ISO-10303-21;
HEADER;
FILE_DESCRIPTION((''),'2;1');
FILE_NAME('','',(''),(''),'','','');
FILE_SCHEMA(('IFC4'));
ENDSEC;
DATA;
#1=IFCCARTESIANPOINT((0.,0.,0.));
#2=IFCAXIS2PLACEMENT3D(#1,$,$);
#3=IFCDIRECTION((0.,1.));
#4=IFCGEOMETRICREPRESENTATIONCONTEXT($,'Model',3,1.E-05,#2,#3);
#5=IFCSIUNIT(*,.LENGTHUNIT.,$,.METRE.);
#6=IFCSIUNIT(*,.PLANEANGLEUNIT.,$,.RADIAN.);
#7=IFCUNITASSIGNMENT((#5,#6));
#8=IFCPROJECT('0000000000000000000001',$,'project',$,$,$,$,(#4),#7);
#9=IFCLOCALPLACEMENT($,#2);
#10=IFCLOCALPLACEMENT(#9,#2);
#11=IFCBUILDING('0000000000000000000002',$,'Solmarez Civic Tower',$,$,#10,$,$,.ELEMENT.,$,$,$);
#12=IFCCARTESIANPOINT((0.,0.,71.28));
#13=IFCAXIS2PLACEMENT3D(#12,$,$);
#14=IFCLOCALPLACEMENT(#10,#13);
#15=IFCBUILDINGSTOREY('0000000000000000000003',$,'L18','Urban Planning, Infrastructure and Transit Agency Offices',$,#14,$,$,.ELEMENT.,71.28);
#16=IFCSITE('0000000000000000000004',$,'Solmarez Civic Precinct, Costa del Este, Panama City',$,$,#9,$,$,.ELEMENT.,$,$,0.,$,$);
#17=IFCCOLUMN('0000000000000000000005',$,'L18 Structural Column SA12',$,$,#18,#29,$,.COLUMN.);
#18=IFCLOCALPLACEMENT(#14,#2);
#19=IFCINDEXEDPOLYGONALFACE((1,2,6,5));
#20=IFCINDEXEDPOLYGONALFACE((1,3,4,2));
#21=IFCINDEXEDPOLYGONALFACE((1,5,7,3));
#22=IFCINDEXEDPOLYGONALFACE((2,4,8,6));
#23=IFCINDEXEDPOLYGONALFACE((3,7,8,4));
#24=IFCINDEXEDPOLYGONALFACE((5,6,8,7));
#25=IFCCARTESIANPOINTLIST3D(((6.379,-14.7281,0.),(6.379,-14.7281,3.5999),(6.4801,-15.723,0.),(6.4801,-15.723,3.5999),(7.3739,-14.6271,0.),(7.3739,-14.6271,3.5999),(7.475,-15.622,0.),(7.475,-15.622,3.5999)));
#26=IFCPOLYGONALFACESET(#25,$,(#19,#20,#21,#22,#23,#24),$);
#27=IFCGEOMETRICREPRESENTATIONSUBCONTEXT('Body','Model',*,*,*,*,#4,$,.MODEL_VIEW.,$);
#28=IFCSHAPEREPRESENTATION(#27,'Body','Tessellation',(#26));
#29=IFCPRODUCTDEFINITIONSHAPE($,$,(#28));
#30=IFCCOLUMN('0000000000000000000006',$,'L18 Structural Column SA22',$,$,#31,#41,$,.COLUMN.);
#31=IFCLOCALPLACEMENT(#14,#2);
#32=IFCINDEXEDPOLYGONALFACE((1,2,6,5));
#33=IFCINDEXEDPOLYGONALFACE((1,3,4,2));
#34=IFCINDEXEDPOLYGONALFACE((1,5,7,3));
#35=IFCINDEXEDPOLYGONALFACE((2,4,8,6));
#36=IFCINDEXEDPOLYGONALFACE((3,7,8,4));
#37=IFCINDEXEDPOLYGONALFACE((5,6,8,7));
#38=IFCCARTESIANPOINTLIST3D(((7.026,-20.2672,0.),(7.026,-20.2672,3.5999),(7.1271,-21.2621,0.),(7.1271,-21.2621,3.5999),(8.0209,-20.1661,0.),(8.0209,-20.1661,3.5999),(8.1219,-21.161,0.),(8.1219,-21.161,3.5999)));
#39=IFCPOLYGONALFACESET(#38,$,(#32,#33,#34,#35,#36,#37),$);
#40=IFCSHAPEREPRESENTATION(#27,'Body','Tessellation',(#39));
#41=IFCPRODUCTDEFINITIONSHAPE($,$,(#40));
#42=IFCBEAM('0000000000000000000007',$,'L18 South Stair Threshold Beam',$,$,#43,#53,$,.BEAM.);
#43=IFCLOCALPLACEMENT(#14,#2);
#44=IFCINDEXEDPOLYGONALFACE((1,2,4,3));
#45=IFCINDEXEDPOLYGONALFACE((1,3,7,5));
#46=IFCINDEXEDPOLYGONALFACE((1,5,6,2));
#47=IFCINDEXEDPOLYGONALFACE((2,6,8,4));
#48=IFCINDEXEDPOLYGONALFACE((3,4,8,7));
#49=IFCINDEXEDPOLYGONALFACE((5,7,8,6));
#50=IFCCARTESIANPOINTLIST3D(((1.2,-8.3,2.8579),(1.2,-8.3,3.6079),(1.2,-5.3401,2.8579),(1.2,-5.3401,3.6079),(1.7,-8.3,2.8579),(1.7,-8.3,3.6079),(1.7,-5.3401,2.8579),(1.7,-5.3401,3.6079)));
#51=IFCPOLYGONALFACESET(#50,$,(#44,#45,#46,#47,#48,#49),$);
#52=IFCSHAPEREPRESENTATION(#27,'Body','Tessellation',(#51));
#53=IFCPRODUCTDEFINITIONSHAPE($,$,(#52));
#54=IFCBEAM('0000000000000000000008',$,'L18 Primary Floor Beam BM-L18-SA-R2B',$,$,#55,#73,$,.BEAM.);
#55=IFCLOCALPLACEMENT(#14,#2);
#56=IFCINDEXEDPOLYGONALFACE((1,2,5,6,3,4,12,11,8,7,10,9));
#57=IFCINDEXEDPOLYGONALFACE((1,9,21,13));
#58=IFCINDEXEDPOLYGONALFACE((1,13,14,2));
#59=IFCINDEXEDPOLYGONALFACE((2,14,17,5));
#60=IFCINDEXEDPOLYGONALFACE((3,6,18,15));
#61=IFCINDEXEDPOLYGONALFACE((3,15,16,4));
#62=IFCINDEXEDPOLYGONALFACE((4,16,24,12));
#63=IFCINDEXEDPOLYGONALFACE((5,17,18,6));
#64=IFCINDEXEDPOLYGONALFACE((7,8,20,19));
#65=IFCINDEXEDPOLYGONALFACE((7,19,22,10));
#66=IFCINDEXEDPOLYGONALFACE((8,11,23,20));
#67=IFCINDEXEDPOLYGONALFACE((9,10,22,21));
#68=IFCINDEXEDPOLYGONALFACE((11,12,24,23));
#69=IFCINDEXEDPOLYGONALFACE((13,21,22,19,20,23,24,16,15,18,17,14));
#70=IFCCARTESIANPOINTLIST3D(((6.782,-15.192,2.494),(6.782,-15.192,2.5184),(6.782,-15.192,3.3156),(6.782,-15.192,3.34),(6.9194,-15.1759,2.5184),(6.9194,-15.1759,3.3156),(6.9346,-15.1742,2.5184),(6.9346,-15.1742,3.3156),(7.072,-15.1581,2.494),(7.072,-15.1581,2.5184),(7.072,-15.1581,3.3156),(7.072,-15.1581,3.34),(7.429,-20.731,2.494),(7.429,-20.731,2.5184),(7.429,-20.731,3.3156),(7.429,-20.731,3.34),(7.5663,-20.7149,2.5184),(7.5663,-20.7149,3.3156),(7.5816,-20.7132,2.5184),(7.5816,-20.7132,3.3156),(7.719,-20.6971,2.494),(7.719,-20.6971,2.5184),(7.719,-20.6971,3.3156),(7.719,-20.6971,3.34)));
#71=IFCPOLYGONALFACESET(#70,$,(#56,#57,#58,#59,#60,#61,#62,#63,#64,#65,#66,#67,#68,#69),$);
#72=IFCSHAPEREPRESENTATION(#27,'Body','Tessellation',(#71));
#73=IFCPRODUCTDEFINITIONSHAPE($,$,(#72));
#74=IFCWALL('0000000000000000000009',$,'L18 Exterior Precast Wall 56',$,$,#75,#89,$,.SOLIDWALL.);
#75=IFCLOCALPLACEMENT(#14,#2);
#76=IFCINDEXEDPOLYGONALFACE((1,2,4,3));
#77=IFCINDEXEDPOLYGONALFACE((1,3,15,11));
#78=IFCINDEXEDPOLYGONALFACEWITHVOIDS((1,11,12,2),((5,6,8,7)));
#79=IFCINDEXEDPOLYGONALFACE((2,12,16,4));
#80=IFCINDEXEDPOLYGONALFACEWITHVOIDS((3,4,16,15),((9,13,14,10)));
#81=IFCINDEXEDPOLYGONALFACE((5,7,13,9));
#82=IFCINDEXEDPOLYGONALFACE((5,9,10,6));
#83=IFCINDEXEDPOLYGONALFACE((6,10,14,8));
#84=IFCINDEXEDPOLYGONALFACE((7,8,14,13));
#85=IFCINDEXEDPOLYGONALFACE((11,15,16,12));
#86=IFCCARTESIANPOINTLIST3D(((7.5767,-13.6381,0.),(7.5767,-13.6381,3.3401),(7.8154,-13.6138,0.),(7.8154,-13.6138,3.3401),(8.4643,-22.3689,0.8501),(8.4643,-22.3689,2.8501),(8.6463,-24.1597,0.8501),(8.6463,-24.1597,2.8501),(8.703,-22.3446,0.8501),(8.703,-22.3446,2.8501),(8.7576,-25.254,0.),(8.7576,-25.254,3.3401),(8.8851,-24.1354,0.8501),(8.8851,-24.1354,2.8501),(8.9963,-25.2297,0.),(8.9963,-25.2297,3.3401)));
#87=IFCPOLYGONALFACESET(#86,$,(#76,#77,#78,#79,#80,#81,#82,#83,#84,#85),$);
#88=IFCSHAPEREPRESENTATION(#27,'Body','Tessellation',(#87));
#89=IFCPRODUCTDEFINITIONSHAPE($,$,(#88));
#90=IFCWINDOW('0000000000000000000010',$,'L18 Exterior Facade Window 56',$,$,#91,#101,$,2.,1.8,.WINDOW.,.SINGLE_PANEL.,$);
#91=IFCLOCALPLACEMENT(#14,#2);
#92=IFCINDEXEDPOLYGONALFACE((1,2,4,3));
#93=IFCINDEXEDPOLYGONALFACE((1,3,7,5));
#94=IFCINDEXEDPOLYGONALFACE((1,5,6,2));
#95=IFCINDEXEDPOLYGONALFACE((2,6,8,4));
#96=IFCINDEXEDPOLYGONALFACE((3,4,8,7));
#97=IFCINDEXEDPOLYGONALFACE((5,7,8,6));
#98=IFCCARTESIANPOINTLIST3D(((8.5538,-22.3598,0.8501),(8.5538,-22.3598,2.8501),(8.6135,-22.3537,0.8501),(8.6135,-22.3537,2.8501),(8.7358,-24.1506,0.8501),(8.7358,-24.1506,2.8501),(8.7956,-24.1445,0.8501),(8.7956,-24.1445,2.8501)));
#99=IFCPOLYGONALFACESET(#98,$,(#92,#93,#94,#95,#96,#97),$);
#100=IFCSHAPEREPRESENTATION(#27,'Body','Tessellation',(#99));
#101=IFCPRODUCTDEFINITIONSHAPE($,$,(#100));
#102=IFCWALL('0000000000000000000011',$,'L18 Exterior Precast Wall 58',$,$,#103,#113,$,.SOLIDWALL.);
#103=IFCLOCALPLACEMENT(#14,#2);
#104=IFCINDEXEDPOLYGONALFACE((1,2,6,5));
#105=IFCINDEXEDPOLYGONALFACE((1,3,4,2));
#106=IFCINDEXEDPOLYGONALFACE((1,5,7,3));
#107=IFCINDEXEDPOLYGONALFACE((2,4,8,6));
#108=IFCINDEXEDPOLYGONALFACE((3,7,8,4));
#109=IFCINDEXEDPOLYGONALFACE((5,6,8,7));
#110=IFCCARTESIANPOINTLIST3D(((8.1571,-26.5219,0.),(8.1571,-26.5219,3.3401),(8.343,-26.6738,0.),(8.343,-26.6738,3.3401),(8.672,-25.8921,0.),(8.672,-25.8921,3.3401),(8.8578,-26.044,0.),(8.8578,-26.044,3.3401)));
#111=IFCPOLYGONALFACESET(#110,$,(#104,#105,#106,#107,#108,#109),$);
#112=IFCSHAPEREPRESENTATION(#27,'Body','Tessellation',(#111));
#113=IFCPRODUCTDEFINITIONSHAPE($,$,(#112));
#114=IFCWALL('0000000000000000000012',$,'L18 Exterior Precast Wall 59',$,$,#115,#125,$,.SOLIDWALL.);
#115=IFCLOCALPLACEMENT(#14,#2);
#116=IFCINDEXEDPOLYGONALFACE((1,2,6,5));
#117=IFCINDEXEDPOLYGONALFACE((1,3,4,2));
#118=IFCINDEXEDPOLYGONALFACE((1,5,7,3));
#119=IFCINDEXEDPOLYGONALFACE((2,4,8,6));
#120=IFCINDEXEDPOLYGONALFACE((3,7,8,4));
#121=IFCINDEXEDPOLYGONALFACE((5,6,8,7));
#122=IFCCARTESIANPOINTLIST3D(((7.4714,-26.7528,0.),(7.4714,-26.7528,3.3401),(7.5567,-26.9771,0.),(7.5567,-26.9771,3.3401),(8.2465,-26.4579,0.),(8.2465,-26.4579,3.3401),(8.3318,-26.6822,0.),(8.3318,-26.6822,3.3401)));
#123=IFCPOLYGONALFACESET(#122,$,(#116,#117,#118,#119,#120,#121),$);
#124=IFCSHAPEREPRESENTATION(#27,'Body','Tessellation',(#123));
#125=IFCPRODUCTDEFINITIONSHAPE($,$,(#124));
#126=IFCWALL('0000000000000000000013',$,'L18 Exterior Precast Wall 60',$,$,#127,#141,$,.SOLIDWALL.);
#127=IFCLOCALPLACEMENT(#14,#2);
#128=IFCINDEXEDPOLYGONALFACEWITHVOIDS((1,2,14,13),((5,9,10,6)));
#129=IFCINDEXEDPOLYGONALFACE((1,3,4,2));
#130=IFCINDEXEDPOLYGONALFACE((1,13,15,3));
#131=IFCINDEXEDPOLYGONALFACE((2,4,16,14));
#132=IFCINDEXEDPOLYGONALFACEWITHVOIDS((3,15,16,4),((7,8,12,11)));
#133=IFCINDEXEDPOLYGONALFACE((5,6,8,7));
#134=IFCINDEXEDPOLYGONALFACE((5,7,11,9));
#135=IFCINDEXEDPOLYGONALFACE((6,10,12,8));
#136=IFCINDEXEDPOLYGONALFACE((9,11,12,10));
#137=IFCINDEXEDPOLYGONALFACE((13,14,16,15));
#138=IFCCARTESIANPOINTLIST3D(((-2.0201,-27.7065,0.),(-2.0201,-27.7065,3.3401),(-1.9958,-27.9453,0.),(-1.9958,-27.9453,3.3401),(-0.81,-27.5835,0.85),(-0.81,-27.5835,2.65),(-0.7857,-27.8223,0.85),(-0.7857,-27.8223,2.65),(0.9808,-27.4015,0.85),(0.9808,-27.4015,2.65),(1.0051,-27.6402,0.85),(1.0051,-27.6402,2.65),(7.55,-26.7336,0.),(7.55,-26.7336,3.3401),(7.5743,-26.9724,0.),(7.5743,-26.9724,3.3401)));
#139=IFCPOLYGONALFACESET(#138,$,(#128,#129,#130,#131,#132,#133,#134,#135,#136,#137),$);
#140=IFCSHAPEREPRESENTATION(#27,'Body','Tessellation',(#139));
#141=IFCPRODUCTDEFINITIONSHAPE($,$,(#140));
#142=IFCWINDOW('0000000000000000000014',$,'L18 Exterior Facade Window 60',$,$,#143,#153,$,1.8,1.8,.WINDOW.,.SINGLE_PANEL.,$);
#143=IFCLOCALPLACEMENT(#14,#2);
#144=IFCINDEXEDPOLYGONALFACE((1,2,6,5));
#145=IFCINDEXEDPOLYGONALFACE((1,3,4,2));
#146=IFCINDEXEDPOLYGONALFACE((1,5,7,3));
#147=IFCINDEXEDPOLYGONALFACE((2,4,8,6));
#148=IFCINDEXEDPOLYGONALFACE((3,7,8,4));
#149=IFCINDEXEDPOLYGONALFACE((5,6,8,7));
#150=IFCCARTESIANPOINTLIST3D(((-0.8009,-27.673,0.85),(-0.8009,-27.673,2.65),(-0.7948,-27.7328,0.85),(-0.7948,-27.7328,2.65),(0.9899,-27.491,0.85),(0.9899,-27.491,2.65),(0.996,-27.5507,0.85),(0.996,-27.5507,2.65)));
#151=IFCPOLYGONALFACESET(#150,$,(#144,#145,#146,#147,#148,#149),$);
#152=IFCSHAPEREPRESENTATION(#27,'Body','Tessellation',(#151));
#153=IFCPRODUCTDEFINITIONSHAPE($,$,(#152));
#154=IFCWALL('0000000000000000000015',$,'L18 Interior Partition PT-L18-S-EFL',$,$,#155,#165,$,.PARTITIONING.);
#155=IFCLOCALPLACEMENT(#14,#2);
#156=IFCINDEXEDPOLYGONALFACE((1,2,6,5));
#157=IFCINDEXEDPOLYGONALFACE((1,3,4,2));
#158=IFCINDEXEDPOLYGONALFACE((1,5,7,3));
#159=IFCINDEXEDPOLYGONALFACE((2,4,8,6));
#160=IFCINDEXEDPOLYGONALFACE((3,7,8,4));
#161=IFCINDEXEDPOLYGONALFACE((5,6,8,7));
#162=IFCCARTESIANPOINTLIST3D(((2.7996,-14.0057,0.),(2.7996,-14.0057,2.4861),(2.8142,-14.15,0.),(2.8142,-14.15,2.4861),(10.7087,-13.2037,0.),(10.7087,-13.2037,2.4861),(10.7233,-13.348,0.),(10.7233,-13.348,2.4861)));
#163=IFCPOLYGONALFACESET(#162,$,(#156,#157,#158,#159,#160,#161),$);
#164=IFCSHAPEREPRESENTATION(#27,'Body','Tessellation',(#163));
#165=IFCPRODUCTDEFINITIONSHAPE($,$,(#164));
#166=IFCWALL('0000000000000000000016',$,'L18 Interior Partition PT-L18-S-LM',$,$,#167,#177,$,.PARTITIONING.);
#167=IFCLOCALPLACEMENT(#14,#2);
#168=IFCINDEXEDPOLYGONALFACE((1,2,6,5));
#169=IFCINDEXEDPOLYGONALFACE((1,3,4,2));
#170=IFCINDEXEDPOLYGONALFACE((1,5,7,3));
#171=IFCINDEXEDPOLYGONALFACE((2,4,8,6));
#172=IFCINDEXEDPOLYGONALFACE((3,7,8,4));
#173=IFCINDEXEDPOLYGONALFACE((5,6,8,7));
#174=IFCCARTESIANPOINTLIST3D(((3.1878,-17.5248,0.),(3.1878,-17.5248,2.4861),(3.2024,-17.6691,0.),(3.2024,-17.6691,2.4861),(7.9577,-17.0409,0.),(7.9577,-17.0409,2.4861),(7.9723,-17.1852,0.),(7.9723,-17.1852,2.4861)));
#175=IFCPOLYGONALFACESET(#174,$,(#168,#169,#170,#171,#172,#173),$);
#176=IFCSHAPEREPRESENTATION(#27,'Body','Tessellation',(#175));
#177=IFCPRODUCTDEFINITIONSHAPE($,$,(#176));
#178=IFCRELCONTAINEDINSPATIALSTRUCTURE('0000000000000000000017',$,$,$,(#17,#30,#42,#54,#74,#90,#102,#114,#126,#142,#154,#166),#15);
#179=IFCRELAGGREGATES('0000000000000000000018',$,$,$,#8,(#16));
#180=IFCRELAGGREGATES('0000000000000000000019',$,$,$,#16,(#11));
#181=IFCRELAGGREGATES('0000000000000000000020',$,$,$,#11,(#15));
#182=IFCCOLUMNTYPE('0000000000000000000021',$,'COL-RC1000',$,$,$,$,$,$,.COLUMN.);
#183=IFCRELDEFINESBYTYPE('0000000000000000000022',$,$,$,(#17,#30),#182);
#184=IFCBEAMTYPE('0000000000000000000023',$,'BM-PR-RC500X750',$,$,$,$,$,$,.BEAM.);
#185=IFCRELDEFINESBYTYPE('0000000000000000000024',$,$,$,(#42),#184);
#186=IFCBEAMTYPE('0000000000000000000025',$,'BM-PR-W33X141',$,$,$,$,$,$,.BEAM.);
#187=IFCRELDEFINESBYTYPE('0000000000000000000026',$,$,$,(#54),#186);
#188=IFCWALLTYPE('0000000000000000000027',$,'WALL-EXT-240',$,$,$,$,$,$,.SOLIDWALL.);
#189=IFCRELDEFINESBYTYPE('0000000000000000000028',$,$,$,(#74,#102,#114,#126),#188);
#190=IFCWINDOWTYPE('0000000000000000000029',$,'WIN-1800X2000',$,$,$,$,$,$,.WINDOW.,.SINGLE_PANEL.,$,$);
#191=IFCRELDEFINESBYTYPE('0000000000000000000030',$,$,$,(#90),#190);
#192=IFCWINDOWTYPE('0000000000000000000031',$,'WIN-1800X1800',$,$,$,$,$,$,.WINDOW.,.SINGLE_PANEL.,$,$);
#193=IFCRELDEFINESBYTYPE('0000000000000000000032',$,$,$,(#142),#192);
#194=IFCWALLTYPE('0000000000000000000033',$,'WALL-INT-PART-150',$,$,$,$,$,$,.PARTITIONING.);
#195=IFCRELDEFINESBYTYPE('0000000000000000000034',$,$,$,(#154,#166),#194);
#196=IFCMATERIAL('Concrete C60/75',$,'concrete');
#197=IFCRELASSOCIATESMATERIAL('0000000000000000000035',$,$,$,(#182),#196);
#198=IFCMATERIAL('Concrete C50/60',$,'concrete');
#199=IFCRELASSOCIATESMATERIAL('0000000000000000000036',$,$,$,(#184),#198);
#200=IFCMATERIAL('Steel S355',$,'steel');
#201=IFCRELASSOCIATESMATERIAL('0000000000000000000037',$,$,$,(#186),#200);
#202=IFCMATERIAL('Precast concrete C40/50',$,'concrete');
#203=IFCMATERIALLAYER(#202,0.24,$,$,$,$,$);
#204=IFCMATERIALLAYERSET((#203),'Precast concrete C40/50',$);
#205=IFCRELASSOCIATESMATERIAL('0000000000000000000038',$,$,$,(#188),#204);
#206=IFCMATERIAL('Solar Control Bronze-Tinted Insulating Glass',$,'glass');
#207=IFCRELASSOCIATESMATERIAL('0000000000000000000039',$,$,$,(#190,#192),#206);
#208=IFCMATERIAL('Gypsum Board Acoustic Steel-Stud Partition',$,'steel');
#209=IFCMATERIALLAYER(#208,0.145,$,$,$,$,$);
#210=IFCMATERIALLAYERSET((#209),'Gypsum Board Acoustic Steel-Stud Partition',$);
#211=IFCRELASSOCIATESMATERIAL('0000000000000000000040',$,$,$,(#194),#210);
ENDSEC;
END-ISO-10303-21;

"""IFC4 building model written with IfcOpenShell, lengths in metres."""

from ifc_helpers import new_model, si_unit, direction, frame, frame_2d, origin, origin_2d, place, context, subcontext, project, spatial, rectangle, i_section, extrude, material, layer, layer_set, material_profile, profile_set, type_object, element, fill, save


model = new_model("IFC4")

# Units and contexts
model_context = context("Model", 3, precision=1e-05, world=origin(), true_north=direction((0.0, 1.0)))
body_context = subcontext(model_context, "Body", "Model", "MODEL_VIEW")
ifc_project = project(units=[si_unit("LENGTHUNIT", "METRE"), si_unit("PLANEANGLEUNIT", "RADIAN")], contexts=[model_context])

# Site, building, storey
site_placement = place(None, origin())
site = spatial("IfcSite", under=ifc_project, at=site_placement, Name="Solmarez Civic Precinct, Costa del Este, Panama City", CompositionType="ELEMENT", RefElevation=0.0)
building_placement = place(site_placement, origin())
building = spatial("IfcBuilding", under=site, at=building_placement, Name="Solmarez Civic Tower", CompositionType="ELEMENT")
storey_placement = place(building_placement, frame((0.0, 0.0, 71.28)))
storey = spatial("IfcBuildingStorey", under=building, at=storey_placement, Name="L18", Description="Urban Planning, Infrastructure and Transit Agency Offices", CompositionType="ELEMENT", Elevation=71.28)

# Columns
ifc_material_1 = material(Name="Concrete C60/75", Category="concrete")
ifc_material_profile_1 = material_profile(ifc_material_1, rectangle(XDim=1.0, YDim=1.0, at=origin_2d()), Name="RC1000X1000")
ifc_profile_set_1 = profile_set([ifc_material_profile_1], Name="Concrete C60/75")
column_type = type_object("IfcColumnType", Name="COL-RC1000", PredefinedType="COLUMN", material=ifc_profile_set_1)
for number, where, z_axis, x_axis, name in (
    (1, (6.927, -15.175, 0.0), (0.0, 0.0, 1.0), (0.994881, 0.101056, 0.0), "L18 Structural Column SA12"),
    (2, (7.574, -20.7141, 0.0), (0.0, 0.0, 1.0), (0.994881, 0.101056, 0.0), "L18 Structural Column SA22"),
):
    element("IfcColumn", number, at=place(storey_placement, frame(where, z_axis=z_axis, x_axis=x_axis)), inside=storey, type_object=column_type, Name=name, PredefinedType="COLUMN", context=body_context, shape_type="SweptSolid", body=[
        extrude(rectangle(XDim=1.0, YDim=1.0, at=origin_2d()), origin(), (0.0, 0.0, 1.0), 3.5999),
    ])

# Beams
ifc_material_2 = material(Name="Concrete C50/60", Category="concrete")
ifc_material_profile_2 = material_profile(ifc_material_2, rectangle(XDim=0.5, YDim=0.75, at=origin_2d()), Name="RC500X750")
ifc_profile_set_2 = profile_set([ifc_material_profile_2], Name="Concrete C50/60")
beam_type_1 = type_object("IfcBeamType", Name="BM-PR-RC500X750", PredefinedType="BEAM", material=ifc_profile_set_2)
beam_1_placement = place(storey_placement, frame((1.45, -8.3, 3.2329), z_axis=(0.0, 1.0, 0.0), x_axis=(-1.0, 0.0, 0.0)))
element("IfcBeam", 3, at=beam_1_placement, inside=storey, type_object=beam_type_1, Name="L18 South Stair Threshold Beam", PredefinedType="BEAM", context=body_context, shape_type="SweptSolid", body=[
    extrude(rectangle(XDim=0.5, YDim=0.75, at=origin_2d()), origin(), (0.0, 0.0, 1.0), 2.96),
])
ifc_material_3 = material(Name="Steel S355", Category="steel")
ifc_material_profile_3 = material_profile(ifc_material_3, i_section(OverallWidth=0.292, OverallDepth=0.8459, WebThickness=0.0154, FlangeThickness=0.0244, at=origin_2d()), Name="W33X141")
ifc_profile_set_3 = profile_set([ifc_material_profile_3], Name="Steel S355")
beam_type_2 = type_object("IfcBeamType", Name="BM-PR-W33X141", PredefinedType="BEAM", material=ifc_profile_set_3)
beam_2_placement = place(storey_placement, frame((6.927, -15.175, 2.917), z_axis=(0.116013, -0.993248, 0.0), x_axis=(0.993248, 0.116013, 0.0)))
element("IfcBeam", 4, at=beam_2_placement, inside=storey, type_object=beam_type_2, Name="L18 Primary Floor Beam BM-L18-SA-R2B", PredefinedType="BEAM", context=body_context, shape_type="SweptSolid", body=[
    extrude(i_section(OverallWidth=0.292, OverallDepth=0.8459, WebThickness=0.0154, FlangeThickness=0.0244, at=origin_2d()), origin(), (0.0, 0.0, 1.0), 5.5767),
])

# Wall, opening, window
ifc_material_4 = material(Name="Precast concrete C40/50", Category="concrete")
ifc_layer_1 = layer(ifc_material_4, 0.24)
ifc_layer_set_1 = layer_set([ifc_layer_1], Name="Precast concrete C40/50")
wall_type_1 = type_object("IfcWallType", Name="WALL-EXT-240", PredefinedType="SOLIDWALL", material=ifc_layer_set_1)
wall_1_placement = place(storey_placement, frame((7.696, -13.626, 0.0), z_axis=(0.0, 0.0, 1.0), x_axis=(0.101141, -0.994872, 0.0)))
wall_1 = element("IfcWall", 5, at=wall_1_placement, inside=storey, type_object=wall_type_1, Name="L18 Exterior Precast Wall 56", PredefinedType="SOLIDWALL", context=body_context, shape_type="SweptSolid", body=[
    extrude(rectangle(XDim=11.6758, YDim=0.24, at=frame_2d((5.8379, 0.0))), origin(), (0.0, 0.0, 1.0), 3.3401),
])
opening_1_placement = place(wall_1_placement, frame((8.7759, 0.0, 0.8501)))
opening_1 = element("IfcOpeningElement", 6, at=opening_1_placement, cuts=wall_1, PredefinedType="OPENING", context=body_context, shape_type="SweptSolid", body=[
    extrude(rectangle(XDim=1.8, YDim=2.0, at=frame_2d((0.8999, 1.0))), frame((0.0, 0.1299, 0.0), z_axis=(0.0, -1.0, 0.0), x_axis=(1.0, 0.0, 0.0)), (0.0, 0.0, 1.0), 0.26),
])
ifc_material_5 = material(Name="Solar Control Bronze-Tinted Insulating Glass", Category="glass")
window_type_1 = type_object("IfcWindowType", Name="WIN-1800X2000", PartitioningType="SINGLE_PANEL", PredefinedType="WINDOW", material=ifc_material_5)
window_1_placement = place(opening_1_placement, origin())
window_1 = element("IfcWindow", 7, at=window_1_placement, inside=storey, type_object=window_type_1, Name="L18 Exterior Facade Window 56", OverallHeight=2.0, OverallWidth=1.8, PartitioningType="SINGLE_PANEL", PredefinedType="WINDOW", context=body_context, shape_type="SweptSolid", body=[
    extrude(rectangle(XDim=1.8, YDim=2.0, at=frame_2d((0.8999, 1.0))), frame((0.0, 0.03, 0.0), z_axis=(0.0, -1.0, 0.0), x_axis=(1.0, 0.0, 0.0)), (0.0, 0.0, 1.0), 0.0601),
])
fill(opening_1, window_1)

# Walls
wall_2_placement = place(storey_placement, frame((8.7649, -25.968, 0.0), z_axis=(0.0, 0.0, 1.0), x_axis=(-0.632895, -0.774238, 0.0)))
element("IfcWall", 8, at=wall_2_placement, inside=storey, type_object=wall_type_1, Name="L18 Exterior Precast Wall 58", PredefinedType="SOLIDWALL", context=body_context, shape_type="SweptSolid", body=[
    extrude(rectangle(XDim=0.8135, YDim=0.24, at=frame_2d((0.4067, 0.0))), origin(), (0.0, 0.0, 1.0), 3.3401),
])
wall_3_placement = place(storey_placement, frame((8.2891, -26.5701, 0.0), z_axis=(0.0, 0.0, 1.0), x_axis=(-0.934637, -0.355604, 0.0)))
element("IfcWall", 9, at=wall_3_placement, inside=storey, type_object=wall_type_1, Name="L18 Exterior Precast Wall 59", PredefinedType="SOLIDWALL", context=body_context, shape_type="SweptSolid", body=[
    extrude(rectangle(XDim=0.8293, YDim=0.24, at=frame_2d((0.4146, 0.0))), origin(), (0.0, 0.0, 1.0), 3.3401),
])

# Wall, opening, window
wall_4_placement = place(storey_placement, frame((7.562, -26.853, 0.0), z_axis=(0.0, 0.0, 1.0), x_axis=(-0.994872, -0.101139, 0.0)))
wall_4 = element("IfcWall", 10, at=wall_4_placement, inside=storey, type_object=wall_type_1, Name="L18 Exterior Precast Wall 60", PredefinedType="SOLIDWALL", context=body_context, shape_type="SweptSolid", body=[
    extrude(rectangle(XDim=9.6194, YDim=0.24, at=frame_2d((4.8096, 0.0))), origin(), (0.0, 0.0, 1.0), 3.3401),
])
opening_2_placement = place(wall_4_placement, frame((6.603, 0.0, 0.8501)))
opening_2 = element("IfcOpeningElement", 11, at=opening_2_placement, cuts=wall_4, PredefinedType="OPENING", context=body_context, shape_type="SweptSolid", body=[
    extrude(rectangle(XDim=1.8, YDim=1.8, at=frame_2d((0.8999, 0.8999))), frame((0.0, 0.1299, 0.0), z_axis=(0.0, -1.0, 0.0), x_axis=(1.0, 0.0, 0.0)), (0.0, 0.0, 1.0), 0.26),
])
window_type_2 = type_object("IfcWindowType", Name="WIN-1800X1800", PartitioningType="SINGLE_PANEL", PredefinedType="WINDOW", material=ifc_material_5)
window_2_placement = place(opening_2_placement, origin())
window_2 = element("IfcWindow", 12, at=window_2_placement, inside=storey, type_object=window_type_2, Name="L18 Exterior Facade Window 60", OverallHeight=1.8, OverallWidth=1.8, PartitioningType="SINGLE_PANEL", PredefinedType="WINDOW", context=body_context, shape_type="SweptSolid", body=[
    extrude(rectangle(XDim=1.8, YDim=1.8, at=frame_2d((0.8999, 0.8999))), frame((0.0, 0.03, 0.0), z_axis=(0.0, -1.0, 0.0), x_axis=(1.0, 0.0, 0.0)), (0.0, 0.0, 1.0), 0.0601),
])
fill(opening_2, window_2)

# Walls
ifc_material_6 = material(Name="Gypsum Board Acoustic Steel-Stud Partition", Category="steel")
ifc_layer_2 = layer(ifc_material_6, 0.145)
ifc_layer_set_2 = layer_set([ifc_layer_2], Name="Gypsum Board Acoustic Steel-Stud Partition")
wall_type_2 = type_object("IfcWallType", Name="WALL-INT-PART-150", PredefinedType="PARTITIONING", material=ifc_layer_set_2)
wall_5_placement = place(storey_placement, frame((2.8069, -14.0779, 0.0), z_axis=(0.0, 0.0, 1.0), x_axis=(0.994898, 0.100884, 0.0)))
element("IfcWall", 13, at=wall_5_placement, inside=storey, type_object=wall_type_2, Name="L18 Interior Partition PT-L18-S-EFL", PredefinedType="PARTITIONING", context=body_context, shape_type="SweptSolid", body=[
    extrude(rectangle(XDim=7.9497, YDim=0.145, at=frame_2d((3.9749, 0.0))), origin(), (0.0, 0.0, 1.0), 2.4861),
])
wall_6_placement = place(storey_placement, frame((3.1951, -17.5969, 0.0), z_axis=(0.0, 0.0, 1.0), x_axis=(0.994894, 0.100925, 0.0)))
element("IfcWall", 14, at=wall_6_placement, inside=storey, type_object=wall_type_2, Name="L18 Interior Partition PT-L18-S-LM", PredefinedType="PARTITIONING", context=body_context, shape_type="SweptSolid", body=[
    extrude(rectangle(XDim=4.7944, YDim=0.145, at=frame_2d((2.3972, 0.0))), origin(), (0.0, 0.0, 1.0), 2.4861),
])

save(model, "model.ifc")
